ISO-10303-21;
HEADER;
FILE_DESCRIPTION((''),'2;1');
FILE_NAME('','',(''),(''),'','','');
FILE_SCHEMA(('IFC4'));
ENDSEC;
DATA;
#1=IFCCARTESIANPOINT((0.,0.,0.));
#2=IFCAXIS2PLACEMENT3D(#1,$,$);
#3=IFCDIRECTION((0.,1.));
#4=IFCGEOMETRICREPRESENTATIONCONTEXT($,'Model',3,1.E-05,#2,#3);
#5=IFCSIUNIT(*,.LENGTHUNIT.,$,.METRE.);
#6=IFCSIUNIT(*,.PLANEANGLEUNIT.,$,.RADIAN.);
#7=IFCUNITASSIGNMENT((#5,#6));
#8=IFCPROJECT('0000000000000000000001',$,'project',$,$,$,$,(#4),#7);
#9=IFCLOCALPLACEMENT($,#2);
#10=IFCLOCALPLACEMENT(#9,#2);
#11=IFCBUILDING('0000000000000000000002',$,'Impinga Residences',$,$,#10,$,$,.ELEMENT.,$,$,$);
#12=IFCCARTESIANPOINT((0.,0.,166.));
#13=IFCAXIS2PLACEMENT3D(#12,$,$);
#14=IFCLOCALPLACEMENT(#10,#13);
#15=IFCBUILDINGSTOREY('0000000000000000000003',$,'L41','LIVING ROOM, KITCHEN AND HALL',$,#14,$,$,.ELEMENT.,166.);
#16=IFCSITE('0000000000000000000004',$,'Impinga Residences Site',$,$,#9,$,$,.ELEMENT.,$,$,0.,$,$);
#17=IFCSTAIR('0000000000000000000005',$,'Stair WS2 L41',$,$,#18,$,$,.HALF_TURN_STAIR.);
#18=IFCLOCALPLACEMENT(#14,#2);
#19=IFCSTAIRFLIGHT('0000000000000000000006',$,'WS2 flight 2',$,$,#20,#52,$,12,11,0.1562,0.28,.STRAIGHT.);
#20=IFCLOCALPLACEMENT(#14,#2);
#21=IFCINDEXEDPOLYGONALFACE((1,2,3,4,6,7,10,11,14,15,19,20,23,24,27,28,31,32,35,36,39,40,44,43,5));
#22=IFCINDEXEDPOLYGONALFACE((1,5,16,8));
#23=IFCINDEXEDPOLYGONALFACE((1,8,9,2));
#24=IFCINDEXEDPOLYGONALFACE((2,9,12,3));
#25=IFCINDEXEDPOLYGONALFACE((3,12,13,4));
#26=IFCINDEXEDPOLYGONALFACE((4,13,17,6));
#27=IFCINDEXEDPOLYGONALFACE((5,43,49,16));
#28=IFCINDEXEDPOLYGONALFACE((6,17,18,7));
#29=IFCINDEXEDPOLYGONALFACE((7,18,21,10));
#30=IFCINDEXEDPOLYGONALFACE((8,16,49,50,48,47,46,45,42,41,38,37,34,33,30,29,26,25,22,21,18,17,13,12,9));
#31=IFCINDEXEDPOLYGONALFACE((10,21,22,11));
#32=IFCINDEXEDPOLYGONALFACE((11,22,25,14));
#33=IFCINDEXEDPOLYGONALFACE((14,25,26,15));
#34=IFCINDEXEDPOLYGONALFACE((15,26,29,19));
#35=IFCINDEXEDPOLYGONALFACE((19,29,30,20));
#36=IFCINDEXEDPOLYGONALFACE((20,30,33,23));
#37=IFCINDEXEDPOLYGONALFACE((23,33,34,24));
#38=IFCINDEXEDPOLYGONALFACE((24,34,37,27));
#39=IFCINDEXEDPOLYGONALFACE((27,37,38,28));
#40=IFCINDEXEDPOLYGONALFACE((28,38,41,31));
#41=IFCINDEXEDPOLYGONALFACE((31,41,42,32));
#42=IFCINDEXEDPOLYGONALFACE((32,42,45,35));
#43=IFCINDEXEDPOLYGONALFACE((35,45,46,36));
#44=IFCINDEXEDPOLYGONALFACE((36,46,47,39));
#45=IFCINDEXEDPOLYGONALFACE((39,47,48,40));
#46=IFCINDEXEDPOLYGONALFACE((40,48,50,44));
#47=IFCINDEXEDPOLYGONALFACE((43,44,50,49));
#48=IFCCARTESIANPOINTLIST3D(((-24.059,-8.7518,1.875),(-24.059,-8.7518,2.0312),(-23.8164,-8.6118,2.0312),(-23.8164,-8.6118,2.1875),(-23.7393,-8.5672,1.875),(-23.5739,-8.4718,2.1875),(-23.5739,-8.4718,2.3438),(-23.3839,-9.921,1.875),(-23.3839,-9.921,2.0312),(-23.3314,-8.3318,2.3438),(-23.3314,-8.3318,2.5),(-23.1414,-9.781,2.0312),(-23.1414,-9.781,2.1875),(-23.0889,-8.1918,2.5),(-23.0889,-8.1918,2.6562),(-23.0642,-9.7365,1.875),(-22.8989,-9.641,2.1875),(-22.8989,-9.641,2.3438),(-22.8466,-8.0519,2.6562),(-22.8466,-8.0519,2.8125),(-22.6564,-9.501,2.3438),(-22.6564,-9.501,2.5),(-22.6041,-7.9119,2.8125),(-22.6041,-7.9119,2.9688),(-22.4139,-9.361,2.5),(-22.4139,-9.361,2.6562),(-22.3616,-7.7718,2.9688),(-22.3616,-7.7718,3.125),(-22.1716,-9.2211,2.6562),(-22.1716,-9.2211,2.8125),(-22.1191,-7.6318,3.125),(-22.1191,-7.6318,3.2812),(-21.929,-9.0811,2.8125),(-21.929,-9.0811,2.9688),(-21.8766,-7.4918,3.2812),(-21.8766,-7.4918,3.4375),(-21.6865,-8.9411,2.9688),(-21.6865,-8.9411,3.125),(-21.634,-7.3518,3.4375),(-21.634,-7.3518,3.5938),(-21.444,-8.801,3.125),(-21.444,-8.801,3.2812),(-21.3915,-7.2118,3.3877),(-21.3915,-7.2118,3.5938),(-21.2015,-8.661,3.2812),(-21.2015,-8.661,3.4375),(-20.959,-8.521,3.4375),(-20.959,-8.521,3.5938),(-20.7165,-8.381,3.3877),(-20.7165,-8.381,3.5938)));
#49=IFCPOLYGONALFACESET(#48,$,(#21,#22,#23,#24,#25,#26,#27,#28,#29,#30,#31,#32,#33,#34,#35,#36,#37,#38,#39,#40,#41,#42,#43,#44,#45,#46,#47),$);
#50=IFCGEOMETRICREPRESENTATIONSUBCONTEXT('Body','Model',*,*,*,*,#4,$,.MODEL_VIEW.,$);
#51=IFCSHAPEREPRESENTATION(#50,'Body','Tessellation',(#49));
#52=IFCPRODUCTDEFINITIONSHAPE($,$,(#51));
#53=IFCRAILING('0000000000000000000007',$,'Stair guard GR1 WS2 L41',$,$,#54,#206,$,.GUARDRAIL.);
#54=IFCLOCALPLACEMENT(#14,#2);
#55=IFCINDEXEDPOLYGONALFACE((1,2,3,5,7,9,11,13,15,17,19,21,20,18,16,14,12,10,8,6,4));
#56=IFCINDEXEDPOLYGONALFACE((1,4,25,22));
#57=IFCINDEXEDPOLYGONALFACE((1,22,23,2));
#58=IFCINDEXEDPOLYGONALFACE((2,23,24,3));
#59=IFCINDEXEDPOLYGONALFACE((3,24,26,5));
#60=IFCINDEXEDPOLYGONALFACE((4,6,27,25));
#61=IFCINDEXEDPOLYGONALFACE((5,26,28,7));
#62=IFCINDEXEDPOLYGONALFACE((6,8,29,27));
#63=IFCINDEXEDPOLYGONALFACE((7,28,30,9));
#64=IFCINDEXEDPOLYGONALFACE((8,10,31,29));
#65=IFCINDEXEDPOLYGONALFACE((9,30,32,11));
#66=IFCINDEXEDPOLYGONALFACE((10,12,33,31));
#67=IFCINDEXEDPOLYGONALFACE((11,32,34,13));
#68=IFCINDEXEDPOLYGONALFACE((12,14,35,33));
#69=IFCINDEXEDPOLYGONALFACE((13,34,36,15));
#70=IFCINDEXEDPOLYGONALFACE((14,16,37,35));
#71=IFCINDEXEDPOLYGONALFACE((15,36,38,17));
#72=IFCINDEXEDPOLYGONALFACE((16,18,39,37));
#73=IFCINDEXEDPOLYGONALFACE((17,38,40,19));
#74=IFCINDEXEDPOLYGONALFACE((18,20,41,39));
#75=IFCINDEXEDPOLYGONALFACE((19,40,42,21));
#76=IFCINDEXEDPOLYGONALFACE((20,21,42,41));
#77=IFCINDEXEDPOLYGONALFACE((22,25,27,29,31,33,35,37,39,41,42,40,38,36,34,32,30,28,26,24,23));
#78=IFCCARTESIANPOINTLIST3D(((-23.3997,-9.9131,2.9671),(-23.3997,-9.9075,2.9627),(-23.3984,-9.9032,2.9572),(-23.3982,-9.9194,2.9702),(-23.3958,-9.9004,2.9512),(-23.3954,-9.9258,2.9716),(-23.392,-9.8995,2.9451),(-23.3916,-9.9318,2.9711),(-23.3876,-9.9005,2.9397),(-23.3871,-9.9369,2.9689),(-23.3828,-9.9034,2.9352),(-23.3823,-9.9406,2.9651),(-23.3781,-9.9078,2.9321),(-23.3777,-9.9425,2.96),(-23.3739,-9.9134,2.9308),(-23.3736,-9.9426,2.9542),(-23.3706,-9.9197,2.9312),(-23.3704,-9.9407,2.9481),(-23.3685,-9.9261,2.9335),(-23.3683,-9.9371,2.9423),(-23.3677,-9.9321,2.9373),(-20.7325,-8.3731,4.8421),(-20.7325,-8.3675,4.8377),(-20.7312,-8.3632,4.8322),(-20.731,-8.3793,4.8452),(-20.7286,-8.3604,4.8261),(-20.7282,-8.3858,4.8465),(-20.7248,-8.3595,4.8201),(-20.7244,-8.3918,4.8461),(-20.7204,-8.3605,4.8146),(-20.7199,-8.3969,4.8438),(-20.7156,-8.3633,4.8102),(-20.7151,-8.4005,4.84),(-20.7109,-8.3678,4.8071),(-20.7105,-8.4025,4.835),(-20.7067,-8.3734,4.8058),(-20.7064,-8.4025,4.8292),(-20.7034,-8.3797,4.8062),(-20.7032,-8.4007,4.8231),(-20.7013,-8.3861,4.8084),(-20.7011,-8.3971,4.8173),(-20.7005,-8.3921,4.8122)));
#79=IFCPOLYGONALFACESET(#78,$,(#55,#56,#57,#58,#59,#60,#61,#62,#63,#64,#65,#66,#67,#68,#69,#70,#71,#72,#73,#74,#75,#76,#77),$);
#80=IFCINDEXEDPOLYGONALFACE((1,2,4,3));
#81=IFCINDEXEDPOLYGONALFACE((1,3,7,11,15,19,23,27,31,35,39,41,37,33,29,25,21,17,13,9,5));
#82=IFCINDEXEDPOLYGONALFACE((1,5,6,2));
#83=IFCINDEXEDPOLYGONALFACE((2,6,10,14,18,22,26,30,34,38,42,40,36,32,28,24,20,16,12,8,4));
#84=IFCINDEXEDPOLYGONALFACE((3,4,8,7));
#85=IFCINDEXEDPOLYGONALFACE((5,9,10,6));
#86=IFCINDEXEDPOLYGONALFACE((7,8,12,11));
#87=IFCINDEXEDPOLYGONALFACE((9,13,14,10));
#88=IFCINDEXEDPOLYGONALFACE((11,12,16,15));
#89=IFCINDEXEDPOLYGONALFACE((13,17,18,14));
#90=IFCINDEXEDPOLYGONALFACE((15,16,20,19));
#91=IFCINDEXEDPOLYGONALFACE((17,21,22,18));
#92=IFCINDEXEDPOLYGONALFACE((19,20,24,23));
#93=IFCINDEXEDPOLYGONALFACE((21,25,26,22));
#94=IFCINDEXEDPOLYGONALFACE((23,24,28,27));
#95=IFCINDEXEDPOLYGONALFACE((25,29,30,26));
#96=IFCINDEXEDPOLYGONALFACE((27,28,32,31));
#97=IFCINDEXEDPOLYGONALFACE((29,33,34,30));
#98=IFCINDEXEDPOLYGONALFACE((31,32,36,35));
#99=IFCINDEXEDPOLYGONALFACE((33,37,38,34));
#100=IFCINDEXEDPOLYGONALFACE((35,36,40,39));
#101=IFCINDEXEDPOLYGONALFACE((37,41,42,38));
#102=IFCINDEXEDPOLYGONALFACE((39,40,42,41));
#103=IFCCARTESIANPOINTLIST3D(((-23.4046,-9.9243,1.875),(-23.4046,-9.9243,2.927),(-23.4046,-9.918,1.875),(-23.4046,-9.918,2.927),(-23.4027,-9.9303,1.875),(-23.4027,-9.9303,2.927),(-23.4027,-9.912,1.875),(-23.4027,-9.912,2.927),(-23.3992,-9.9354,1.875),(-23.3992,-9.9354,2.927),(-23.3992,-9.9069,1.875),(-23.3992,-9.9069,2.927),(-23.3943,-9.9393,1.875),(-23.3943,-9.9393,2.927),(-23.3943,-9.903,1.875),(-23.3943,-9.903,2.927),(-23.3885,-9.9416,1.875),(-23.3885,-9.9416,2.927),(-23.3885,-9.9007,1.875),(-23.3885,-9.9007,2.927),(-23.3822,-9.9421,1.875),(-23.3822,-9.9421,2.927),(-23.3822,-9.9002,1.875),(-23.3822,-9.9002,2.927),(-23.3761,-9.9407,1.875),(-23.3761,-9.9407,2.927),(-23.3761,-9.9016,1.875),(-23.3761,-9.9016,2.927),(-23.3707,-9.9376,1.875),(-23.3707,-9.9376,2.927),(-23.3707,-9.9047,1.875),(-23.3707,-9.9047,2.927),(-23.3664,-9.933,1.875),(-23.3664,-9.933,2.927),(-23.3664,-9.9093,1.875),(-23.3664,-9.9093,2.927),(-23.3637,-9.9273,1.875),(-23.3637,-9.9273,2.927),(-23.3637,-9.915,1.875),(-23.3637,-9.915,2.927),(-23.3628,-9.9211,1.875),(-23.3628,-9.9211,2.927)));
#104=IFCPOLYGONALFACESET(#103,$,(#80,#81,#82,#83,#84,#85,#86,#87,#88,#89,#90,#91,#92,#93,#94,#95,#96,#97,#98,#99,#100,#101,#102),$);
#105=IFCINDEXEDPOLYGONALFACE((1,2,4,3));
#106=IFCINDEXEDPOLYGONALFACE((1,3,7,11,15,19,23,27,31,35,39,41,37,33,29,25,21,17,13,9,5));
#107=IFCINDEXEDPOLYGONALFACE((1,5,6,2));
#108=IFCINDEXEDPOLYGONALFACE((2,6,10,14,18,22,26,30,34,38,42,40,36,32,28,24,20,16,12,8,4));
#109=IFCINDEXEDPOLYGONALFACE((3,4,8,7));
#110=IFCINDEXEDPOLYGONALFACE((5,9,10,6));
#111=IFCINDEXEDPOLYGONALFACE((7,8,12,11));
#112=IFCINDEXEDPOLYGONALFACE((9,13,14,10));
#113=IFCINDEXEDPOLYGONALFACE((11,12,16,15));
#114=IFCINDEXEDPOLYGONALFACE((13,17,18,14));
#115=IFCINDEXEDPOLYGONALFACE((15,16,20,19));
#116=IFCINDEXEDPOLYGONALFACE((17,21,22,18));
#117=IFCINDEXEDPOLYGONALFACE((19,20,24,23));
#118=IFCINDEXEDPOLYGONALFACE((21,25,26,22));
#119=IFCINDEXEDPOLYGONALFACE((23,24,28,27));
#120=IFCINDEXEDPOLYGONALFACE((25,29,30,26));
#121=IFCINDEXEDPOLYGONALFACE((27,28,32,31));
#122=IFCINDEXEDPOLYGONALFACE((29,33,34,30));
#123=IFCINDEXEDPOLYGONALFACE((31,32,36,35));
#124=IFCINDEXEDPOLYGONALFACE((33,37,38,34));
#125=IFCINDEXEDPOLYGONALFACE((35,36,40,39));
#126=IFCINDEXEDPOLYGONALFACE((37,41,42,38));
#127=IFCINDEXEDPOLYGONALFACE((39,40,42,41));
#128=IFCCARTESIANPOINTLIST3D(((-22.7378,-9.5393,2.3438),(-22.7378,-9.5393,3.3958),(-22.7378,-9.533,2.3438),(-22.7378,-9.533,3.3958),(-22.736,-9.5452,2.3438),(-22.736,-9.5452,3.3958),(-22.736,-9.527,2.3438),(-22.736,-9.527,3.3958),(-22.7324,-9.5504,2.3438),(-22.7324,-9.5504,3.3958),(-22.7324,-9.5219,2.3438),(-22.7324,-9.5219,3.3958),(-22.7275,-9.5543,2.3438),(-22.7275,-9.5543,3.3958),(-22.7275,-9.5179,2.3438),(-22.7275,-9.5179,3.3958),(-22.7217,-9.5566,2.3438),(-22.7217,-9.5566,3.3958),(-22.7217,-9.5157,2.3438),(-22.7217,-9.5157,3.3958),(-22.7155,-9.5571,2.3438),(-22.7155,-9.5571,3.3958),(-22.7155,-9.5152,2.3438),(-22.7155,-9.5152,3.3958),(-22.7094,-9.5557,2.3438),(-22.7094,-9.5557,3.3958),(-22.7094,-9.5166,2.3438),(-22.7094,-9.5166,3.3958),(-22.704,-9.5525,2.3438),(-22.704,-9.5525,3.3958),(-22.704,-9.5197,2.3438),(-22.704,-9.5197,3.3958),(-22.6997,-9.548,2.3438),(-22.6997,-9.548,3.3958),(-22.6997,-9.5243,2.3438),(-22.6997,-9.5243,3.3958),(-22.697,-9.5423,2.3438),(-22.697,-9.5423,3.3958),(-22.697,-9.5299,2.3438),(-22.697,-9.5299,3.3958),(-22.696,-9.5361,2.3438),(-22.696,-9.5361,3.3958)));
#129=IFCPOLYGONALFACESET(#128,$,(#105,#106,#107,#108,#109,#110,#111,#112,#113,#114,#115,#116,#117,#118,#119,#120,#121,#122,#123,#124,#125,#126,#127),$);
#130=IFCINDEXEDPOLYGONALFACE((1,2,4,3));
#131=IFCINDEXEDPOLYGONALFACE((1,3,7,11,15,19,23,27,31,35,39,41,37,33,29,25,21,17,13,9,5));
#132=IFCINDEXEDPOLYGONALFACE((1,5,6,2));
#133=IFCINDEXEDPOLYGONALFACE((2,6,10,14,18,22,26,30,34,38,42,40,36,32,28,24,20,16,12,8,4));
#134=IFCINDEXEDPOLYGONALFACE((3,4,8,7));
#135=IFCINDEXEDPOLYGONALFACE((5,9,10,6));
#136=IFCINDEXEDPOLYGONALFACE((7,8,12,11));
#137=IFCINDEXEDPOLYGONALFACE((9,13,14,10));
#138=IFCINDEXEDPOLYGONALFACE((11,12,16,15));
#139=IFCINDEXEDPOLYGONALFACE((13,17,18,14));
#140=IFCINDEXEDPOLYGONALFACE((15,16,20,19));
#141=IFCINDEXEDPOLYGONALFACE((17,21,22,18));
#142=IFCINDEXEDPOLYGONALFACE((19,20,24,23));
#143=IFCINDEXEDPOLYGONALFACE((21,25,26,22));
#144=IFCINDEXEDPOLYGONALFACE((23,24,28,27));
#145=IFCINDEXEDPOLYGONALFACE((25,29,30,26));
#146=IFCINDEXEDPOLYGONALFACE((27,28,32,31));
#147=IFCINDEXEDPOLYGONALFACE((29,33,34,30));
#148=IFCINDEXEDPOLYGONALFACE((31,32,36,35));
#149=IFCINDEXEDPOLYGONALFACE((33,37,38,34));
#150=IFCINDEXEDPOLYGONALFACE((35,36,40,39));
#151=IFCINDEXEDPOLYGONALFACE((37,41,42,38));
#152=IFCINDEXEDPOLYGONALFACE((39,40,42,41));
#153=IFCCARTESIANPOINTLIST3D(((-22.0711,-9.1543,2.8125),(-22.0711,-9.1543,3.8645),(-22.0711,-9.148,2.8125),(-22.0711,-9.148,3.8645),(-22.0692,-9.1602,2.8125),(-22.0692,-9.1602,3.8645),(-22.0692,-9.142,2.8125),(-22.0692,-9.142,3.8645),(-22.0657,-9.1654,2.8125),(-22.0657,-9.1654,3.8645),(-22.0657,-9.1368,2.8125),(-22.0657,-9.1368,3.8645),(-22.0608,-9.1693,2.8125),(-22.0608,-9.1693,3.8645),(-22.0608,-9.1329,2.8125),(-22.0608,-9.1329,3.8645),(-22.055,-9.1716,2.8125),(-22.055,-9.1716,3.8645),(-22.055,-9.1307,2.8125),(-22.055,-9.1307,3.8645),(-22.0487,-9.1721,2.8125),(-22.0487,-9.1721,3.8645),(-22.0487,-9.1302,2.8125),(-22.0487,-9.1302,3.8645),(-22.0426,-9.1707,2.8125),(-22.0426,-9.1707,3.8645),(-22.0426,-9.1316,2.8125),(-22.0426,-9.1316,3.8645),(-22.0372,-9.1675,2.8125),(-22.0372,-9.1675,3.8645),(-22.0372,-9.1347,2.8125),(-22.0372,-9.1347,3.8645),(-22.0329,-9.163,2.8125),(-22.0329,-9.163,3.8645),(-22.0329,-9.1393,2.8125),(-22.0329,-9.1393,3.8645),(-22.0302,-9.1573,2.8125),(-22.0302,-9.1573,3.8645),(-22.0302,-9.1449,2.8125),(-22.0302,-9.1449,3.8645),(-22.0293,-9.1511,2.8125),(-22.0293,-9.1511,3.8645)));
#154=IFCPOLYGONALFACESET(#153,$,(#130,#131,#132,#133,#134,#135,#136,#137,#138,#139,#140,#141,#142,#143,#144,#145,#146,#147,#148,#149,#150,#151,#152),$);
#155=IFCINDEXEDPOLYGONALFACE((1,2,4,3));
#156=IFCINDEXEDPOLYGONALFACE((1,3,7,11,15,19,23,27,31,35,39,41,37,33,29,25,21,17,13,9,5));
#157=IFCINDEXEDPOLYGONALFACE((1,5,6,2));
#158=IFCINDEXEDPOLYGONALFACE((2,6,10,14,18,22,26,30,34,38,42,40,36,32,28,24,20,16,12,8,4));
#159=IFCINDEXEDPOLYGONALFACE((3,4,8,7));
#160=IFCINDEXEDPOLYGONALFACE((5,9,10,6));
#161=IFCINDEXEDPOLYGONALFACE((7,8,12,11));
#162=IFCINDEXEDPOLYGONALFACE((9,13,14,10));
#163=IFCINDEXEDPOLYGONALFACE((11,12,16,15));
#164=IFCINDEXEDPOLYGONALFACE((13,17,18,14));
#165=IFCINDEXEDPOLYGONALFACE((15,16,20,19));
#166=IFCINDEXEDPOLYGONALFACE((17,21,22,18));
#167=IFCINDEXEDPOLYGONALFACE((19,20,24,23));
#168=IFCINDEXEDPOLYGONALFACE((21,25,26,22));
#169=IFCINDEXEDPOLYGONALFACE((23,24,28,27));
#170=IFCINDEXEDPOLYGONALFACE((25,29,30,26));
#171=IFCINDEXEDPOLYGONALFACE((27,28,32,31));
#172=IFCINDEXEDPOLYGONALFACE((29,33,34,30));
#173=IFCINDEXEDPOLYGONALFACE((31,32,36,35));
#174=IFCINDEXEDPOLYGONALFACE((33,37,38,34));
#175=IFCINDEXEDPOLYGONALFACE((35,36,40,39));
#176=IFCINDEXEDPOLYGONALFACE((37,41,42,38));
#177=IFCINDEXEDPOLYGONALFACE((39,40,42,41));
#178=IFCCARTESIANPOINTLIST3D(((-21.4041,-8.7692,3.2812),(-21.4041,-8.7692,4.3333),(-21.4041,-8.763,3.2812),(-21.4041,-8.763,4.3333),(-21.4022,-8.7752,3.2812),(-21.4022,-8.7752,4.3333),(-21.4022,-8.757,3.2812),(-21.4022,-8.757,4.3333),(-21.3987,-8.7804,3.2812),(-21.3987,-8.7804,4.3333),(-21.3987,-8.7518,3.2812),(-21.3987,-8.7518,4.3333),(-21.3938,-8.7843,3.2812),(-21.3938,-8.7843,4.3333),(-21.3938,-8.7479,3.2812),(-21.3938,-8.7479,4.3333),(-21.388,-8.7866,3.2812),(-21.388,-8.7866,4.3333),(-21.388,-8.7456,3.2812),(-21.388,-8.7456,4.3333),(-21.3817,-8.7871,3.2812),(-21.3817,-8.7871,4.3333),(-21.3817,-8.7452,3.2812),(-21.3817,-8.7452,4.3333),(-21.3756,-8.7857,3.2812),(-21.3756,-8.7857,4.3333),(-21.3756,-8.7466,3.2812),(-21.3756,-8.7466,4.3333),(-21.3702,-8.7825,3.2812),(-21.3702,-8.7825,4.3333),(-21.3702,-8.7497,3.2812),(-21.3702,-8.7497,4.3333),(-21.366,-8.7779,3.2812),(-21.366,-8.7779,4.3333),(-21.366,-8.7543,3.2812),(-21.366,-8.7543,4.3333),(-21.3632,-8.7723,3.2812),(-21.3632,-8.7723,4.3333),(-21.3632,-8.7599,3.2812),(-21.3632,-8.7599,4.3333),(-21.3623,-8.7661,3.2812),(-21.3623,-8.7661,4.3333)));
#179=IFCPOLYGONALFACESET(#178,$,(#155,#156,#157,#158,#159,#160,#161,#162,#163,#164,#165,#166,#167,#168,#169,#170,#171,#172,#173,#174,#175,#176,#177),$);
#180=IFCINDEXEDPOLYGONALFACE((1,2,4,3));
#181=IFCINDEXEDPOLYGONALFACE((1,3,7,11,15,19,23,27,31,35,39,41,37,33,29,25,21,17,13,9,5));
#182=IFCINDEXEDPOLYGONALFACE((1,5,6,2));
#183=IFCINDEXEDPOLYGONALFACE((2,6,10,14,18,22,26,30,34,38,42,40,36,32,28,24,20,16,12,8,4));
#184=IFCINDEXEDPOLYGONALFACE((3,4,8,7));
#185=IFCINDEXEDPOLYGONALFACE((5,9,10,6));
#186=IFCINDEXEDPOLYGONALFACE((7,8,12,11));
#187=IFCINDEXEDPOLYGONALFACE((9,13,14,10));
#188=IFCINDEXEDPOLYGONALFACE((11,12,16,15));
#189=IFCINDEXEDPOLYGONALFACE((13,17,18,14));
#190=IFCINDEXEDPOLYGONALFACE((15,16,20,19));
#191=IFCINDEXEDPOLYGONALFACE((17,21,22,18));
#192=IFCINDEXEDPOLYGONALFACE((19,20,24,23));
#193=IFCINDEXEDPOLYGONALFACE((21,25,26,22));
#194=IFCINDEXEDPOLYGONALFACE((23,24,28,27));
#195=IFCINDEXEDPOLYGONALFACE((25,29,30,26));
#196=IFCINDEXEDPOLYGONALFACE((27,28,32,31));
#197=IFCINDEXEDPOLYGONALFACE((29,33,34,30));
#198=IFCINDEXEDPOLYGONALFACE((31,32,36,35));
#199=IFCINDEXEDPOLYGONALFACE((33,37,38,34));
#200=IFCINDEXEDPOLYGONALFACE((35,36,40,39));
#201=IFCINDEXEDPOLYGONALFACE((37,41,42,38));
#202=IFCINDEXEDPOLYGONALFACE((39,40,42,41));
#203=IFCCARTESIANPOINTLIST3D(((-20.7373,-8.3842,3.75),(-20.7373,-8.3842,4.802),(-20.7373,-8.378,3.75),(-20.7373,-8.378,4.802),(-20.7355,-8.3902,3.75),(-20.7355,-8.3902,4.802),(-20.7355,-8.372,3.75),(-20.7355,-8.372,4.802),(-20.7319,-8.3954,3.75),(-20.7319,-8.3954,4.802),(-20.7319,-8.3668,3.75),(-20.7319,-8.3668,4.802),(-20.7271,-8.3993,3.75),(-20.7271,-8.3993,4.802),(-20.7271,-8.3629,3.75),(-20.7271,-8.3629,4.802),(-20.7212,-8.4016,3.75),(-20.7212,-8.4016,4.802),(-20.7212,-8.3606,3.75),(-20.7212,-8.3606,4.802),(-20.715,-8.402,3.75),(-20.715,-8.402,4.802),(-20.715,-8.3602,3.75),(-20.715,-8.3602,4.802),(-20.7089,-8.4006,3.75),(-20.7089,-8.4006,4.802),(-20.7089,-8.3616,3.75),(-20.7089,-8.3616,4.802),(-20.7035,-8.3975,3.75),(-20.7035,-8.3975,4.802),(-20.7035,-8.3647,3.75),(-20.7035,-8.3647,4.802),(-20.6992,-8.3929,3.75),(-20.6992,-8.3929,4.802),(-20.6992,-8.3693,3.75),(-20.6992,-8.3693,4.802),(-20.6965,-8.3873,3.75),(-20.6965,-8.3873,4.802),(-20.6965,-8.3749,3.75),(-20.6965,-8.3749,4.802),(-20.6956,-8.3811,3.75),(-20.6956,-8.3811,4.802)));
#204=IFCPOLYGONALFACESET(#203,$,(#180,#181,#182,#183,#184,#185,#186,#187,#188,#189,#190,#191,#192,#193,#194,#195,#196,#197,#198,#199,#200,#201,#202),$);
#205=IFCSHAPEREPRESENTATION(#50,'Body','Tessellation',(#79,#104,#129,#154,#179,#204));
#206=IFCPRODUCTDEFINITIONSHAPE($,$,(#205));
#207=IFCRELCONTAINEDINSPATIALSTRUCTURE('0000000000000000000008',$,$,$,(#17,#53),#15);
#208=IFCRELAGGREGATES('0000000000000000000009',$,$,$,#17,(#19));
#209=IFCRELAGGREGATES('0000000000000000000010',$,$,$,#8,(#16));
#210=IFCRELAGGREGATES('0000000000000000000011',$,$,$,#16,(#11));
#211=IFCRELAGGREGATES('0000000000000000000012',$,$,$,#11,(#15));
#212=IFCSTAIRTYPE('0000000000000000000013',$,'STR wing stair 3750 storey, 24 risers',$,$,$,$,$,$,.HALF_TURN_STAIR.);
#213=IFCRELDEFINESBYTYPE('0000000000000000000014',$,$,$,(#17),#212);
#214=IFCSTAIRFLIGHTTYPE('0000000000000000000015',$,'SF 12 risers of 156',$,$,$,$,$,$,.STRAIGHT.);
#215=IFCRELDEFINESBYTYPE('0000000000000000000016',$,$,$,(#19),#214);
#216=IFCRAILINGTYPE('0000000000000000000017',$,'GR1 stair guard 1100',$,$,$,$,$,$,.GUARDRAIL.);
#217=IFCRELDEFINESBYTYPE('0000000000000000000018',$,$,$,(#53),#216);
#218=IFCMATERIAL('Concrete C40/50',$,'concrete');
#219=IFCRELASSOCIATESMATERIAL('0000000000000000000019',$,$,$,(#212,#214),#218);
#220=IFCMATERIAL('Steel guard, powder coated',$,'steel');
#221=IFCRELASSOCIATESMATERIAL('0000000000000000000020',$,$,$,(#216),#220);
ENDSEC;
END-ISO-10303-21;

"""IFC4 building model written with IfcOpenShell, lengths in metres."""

from ifc_helpers import new_model, si_unit, direction, frame, origin, origin_2d, place, context, subcontext, project, spatial, polyline, circle, outline, extrude, material, type_object, element, aggregate, save


model = new_model("IFC4")

# Units and contexts
model_context = context("Model", 3, precision=1e-05, world=origin(), true_north=direction((0.0, 1.0)))
body_context = subcontext(model_context, "Body", "Model", "MODEL_VIEW")
ifc_project = project(units=[si_unit("LENGTHUNIT", "METRE"), si_unit("PLANEANGLEUNIT", "RADIAN")], contexts=[model_context])

# Site, building, storey
site_placement = place(None, origin())
site = spatial("IfcSite", under=ifc_project, at=site_placement, Name="Impinga Residences Site", CompositionType="ELEMENT", RefElevation=0.0)
building_placement = place(site_placement, origin())
building = spatial("IfcBuilding", under=site, at=building_placement, Name="Impinga Residences", CompositionType="ELEMENT")
storey_placement = place(building_placement, frame((0.0, 0.0, 166.0)))
storey = spatial("IfcBuildingStorey", under=building, at=storey_placement, Name="L41", Description="LIVING ROOM, KITCHEN AND HALL", CompositionType="ELEMENT", Elevation=166.0)

# Stair, stair flight
ifc_material_1 = material(Name="Concrete C40/50", Category="concrete")
stair_type = type_object("IfcStairType", Name="STR wing stair 3750 storey, 24 risers", PredefinedType="HALF_TURN_STAIR", material=ifc_material_1)
stair_placement = place(storey_placement, origin())
stair = element("IfcStair", 1, at=stair_placement, inside=storey, type_object=stair_type, Name="Stair WS2 L41", PredefinedType="HALF_TURN_STAIR")
stair_flight_type = type_object("IfcStairFlightType", Name="SF 12 risers of 156", PredefinedType="STRAIGHT", material=ifc_material_1)
stair_flight_placement = place(storey_placement, frame((-23.7214, -9.3364, 1.875), z_axis=(0.0, 0.0, 1.0), x_axis=(0.866025, 0.5, 0.0)))
stair_flight = element("IfcStairFlight", 2, at=stair_flight_placement, type_object=stair_flight_type, Name="WS2 flight 2", NumberOfRisers=12, NumberOfTreads=11, PredefinedType="STRAIGHT", RiserHeight=0.1562, TreadLength=0.28, context=body_context, shape_type="SweptSolid", body=[
    extrude(outline(polyline([(0.0, 0.0), (0.0, 0.1562), (0.28, 0.1562), (0.28, 0.3125), (0.5601, 0.3125), (0.5601, 0.4688), (0.8401, 0.4688), (0.8401, 0.625), (1.1201, 0.625), (1.1201, 0.7812), (1.3999, 0.7812), (1.3999, 0.9375), (1.6799, 0.9375), (1.6799, 1.0938), (1.96, 1.0938), (1.96, 1.25), (2.24, 1.25), (2.24, 1.4062), (2.52, 1.4062), (2.52, 1.5625), (2.8, 1.5625), (2.8, 1.7188), (3.0801, 1.7188), (3.0801, 1.875), (3.0801, 1.5127), (0.3691, 0.0), (0.0, 0.0)])), frame((0.0, 0.675, 0.0), z_axis=(0.0, -1.0, 0.0), x_axis=(1.0, 0.0, 0.0)), (0.0, 0.0, 1.0), 1.3501),
])
aggregate(stair, [stair_flight])

# Railing
ifc_material_2 = material(Name="Steel guard, powder coated", Category="steel")
railing_type_1 = type_object("IfcRailingType", Name="GR1 stair guard 1100", PredefinedType="GUARDRAIL", material=ifc_material_2)
railing_1_placement = place(storey_placement, frame((-23.3838, -9.9211, 1.875)))
element("IfcRailing", 3, at=railing_1_placement, inside=storey, type_object=railing_type_1, Name="Stair guard GR1 WS2 L41", PredefinedType="GUARDRAIL", context=body_context, shape_type="SweptSolid", body=[
    extrude(circle(Radius=0.0239, at=origin_2d()), frame((0.0, 0.0, 1.0762), z_axis=(0.739716, 0.427105, 0.520002), x_axis=(-0.500027, 0.86601, 0.0)), (0.0, 0.0, 1.0), 3.6057),
    extrude(circle(Radius=0.021, at=origin_2d()), origin(), (0.0, 0.0, 1.0), 1.052),
    extrude(circle(Radius=0.021, at=origin_2d()), frame((0.6667, 0.385, 0.4688)), (0.0, 0.0, 1.0), 1.052),
    extrude(circle(Radius=0.021, at=origin_2d()), frame((1.3335, 0.77, 0.9375)), (0.0, 0.0, 1.0), 1.052),
    extrude(circle(Radius=0.021, at=origin_2d()), frame((2.0005, 1.155, 1.4062)), (0.0, 0.0, 1.0), 1.052),
    extrude(circle(Radius=0.021, at=origin_2d()), frame((2.6672, 1.54, 1.875)), (0.0, 0.0, 1.0), 1.052),
])

save(model, "model.ifc")
